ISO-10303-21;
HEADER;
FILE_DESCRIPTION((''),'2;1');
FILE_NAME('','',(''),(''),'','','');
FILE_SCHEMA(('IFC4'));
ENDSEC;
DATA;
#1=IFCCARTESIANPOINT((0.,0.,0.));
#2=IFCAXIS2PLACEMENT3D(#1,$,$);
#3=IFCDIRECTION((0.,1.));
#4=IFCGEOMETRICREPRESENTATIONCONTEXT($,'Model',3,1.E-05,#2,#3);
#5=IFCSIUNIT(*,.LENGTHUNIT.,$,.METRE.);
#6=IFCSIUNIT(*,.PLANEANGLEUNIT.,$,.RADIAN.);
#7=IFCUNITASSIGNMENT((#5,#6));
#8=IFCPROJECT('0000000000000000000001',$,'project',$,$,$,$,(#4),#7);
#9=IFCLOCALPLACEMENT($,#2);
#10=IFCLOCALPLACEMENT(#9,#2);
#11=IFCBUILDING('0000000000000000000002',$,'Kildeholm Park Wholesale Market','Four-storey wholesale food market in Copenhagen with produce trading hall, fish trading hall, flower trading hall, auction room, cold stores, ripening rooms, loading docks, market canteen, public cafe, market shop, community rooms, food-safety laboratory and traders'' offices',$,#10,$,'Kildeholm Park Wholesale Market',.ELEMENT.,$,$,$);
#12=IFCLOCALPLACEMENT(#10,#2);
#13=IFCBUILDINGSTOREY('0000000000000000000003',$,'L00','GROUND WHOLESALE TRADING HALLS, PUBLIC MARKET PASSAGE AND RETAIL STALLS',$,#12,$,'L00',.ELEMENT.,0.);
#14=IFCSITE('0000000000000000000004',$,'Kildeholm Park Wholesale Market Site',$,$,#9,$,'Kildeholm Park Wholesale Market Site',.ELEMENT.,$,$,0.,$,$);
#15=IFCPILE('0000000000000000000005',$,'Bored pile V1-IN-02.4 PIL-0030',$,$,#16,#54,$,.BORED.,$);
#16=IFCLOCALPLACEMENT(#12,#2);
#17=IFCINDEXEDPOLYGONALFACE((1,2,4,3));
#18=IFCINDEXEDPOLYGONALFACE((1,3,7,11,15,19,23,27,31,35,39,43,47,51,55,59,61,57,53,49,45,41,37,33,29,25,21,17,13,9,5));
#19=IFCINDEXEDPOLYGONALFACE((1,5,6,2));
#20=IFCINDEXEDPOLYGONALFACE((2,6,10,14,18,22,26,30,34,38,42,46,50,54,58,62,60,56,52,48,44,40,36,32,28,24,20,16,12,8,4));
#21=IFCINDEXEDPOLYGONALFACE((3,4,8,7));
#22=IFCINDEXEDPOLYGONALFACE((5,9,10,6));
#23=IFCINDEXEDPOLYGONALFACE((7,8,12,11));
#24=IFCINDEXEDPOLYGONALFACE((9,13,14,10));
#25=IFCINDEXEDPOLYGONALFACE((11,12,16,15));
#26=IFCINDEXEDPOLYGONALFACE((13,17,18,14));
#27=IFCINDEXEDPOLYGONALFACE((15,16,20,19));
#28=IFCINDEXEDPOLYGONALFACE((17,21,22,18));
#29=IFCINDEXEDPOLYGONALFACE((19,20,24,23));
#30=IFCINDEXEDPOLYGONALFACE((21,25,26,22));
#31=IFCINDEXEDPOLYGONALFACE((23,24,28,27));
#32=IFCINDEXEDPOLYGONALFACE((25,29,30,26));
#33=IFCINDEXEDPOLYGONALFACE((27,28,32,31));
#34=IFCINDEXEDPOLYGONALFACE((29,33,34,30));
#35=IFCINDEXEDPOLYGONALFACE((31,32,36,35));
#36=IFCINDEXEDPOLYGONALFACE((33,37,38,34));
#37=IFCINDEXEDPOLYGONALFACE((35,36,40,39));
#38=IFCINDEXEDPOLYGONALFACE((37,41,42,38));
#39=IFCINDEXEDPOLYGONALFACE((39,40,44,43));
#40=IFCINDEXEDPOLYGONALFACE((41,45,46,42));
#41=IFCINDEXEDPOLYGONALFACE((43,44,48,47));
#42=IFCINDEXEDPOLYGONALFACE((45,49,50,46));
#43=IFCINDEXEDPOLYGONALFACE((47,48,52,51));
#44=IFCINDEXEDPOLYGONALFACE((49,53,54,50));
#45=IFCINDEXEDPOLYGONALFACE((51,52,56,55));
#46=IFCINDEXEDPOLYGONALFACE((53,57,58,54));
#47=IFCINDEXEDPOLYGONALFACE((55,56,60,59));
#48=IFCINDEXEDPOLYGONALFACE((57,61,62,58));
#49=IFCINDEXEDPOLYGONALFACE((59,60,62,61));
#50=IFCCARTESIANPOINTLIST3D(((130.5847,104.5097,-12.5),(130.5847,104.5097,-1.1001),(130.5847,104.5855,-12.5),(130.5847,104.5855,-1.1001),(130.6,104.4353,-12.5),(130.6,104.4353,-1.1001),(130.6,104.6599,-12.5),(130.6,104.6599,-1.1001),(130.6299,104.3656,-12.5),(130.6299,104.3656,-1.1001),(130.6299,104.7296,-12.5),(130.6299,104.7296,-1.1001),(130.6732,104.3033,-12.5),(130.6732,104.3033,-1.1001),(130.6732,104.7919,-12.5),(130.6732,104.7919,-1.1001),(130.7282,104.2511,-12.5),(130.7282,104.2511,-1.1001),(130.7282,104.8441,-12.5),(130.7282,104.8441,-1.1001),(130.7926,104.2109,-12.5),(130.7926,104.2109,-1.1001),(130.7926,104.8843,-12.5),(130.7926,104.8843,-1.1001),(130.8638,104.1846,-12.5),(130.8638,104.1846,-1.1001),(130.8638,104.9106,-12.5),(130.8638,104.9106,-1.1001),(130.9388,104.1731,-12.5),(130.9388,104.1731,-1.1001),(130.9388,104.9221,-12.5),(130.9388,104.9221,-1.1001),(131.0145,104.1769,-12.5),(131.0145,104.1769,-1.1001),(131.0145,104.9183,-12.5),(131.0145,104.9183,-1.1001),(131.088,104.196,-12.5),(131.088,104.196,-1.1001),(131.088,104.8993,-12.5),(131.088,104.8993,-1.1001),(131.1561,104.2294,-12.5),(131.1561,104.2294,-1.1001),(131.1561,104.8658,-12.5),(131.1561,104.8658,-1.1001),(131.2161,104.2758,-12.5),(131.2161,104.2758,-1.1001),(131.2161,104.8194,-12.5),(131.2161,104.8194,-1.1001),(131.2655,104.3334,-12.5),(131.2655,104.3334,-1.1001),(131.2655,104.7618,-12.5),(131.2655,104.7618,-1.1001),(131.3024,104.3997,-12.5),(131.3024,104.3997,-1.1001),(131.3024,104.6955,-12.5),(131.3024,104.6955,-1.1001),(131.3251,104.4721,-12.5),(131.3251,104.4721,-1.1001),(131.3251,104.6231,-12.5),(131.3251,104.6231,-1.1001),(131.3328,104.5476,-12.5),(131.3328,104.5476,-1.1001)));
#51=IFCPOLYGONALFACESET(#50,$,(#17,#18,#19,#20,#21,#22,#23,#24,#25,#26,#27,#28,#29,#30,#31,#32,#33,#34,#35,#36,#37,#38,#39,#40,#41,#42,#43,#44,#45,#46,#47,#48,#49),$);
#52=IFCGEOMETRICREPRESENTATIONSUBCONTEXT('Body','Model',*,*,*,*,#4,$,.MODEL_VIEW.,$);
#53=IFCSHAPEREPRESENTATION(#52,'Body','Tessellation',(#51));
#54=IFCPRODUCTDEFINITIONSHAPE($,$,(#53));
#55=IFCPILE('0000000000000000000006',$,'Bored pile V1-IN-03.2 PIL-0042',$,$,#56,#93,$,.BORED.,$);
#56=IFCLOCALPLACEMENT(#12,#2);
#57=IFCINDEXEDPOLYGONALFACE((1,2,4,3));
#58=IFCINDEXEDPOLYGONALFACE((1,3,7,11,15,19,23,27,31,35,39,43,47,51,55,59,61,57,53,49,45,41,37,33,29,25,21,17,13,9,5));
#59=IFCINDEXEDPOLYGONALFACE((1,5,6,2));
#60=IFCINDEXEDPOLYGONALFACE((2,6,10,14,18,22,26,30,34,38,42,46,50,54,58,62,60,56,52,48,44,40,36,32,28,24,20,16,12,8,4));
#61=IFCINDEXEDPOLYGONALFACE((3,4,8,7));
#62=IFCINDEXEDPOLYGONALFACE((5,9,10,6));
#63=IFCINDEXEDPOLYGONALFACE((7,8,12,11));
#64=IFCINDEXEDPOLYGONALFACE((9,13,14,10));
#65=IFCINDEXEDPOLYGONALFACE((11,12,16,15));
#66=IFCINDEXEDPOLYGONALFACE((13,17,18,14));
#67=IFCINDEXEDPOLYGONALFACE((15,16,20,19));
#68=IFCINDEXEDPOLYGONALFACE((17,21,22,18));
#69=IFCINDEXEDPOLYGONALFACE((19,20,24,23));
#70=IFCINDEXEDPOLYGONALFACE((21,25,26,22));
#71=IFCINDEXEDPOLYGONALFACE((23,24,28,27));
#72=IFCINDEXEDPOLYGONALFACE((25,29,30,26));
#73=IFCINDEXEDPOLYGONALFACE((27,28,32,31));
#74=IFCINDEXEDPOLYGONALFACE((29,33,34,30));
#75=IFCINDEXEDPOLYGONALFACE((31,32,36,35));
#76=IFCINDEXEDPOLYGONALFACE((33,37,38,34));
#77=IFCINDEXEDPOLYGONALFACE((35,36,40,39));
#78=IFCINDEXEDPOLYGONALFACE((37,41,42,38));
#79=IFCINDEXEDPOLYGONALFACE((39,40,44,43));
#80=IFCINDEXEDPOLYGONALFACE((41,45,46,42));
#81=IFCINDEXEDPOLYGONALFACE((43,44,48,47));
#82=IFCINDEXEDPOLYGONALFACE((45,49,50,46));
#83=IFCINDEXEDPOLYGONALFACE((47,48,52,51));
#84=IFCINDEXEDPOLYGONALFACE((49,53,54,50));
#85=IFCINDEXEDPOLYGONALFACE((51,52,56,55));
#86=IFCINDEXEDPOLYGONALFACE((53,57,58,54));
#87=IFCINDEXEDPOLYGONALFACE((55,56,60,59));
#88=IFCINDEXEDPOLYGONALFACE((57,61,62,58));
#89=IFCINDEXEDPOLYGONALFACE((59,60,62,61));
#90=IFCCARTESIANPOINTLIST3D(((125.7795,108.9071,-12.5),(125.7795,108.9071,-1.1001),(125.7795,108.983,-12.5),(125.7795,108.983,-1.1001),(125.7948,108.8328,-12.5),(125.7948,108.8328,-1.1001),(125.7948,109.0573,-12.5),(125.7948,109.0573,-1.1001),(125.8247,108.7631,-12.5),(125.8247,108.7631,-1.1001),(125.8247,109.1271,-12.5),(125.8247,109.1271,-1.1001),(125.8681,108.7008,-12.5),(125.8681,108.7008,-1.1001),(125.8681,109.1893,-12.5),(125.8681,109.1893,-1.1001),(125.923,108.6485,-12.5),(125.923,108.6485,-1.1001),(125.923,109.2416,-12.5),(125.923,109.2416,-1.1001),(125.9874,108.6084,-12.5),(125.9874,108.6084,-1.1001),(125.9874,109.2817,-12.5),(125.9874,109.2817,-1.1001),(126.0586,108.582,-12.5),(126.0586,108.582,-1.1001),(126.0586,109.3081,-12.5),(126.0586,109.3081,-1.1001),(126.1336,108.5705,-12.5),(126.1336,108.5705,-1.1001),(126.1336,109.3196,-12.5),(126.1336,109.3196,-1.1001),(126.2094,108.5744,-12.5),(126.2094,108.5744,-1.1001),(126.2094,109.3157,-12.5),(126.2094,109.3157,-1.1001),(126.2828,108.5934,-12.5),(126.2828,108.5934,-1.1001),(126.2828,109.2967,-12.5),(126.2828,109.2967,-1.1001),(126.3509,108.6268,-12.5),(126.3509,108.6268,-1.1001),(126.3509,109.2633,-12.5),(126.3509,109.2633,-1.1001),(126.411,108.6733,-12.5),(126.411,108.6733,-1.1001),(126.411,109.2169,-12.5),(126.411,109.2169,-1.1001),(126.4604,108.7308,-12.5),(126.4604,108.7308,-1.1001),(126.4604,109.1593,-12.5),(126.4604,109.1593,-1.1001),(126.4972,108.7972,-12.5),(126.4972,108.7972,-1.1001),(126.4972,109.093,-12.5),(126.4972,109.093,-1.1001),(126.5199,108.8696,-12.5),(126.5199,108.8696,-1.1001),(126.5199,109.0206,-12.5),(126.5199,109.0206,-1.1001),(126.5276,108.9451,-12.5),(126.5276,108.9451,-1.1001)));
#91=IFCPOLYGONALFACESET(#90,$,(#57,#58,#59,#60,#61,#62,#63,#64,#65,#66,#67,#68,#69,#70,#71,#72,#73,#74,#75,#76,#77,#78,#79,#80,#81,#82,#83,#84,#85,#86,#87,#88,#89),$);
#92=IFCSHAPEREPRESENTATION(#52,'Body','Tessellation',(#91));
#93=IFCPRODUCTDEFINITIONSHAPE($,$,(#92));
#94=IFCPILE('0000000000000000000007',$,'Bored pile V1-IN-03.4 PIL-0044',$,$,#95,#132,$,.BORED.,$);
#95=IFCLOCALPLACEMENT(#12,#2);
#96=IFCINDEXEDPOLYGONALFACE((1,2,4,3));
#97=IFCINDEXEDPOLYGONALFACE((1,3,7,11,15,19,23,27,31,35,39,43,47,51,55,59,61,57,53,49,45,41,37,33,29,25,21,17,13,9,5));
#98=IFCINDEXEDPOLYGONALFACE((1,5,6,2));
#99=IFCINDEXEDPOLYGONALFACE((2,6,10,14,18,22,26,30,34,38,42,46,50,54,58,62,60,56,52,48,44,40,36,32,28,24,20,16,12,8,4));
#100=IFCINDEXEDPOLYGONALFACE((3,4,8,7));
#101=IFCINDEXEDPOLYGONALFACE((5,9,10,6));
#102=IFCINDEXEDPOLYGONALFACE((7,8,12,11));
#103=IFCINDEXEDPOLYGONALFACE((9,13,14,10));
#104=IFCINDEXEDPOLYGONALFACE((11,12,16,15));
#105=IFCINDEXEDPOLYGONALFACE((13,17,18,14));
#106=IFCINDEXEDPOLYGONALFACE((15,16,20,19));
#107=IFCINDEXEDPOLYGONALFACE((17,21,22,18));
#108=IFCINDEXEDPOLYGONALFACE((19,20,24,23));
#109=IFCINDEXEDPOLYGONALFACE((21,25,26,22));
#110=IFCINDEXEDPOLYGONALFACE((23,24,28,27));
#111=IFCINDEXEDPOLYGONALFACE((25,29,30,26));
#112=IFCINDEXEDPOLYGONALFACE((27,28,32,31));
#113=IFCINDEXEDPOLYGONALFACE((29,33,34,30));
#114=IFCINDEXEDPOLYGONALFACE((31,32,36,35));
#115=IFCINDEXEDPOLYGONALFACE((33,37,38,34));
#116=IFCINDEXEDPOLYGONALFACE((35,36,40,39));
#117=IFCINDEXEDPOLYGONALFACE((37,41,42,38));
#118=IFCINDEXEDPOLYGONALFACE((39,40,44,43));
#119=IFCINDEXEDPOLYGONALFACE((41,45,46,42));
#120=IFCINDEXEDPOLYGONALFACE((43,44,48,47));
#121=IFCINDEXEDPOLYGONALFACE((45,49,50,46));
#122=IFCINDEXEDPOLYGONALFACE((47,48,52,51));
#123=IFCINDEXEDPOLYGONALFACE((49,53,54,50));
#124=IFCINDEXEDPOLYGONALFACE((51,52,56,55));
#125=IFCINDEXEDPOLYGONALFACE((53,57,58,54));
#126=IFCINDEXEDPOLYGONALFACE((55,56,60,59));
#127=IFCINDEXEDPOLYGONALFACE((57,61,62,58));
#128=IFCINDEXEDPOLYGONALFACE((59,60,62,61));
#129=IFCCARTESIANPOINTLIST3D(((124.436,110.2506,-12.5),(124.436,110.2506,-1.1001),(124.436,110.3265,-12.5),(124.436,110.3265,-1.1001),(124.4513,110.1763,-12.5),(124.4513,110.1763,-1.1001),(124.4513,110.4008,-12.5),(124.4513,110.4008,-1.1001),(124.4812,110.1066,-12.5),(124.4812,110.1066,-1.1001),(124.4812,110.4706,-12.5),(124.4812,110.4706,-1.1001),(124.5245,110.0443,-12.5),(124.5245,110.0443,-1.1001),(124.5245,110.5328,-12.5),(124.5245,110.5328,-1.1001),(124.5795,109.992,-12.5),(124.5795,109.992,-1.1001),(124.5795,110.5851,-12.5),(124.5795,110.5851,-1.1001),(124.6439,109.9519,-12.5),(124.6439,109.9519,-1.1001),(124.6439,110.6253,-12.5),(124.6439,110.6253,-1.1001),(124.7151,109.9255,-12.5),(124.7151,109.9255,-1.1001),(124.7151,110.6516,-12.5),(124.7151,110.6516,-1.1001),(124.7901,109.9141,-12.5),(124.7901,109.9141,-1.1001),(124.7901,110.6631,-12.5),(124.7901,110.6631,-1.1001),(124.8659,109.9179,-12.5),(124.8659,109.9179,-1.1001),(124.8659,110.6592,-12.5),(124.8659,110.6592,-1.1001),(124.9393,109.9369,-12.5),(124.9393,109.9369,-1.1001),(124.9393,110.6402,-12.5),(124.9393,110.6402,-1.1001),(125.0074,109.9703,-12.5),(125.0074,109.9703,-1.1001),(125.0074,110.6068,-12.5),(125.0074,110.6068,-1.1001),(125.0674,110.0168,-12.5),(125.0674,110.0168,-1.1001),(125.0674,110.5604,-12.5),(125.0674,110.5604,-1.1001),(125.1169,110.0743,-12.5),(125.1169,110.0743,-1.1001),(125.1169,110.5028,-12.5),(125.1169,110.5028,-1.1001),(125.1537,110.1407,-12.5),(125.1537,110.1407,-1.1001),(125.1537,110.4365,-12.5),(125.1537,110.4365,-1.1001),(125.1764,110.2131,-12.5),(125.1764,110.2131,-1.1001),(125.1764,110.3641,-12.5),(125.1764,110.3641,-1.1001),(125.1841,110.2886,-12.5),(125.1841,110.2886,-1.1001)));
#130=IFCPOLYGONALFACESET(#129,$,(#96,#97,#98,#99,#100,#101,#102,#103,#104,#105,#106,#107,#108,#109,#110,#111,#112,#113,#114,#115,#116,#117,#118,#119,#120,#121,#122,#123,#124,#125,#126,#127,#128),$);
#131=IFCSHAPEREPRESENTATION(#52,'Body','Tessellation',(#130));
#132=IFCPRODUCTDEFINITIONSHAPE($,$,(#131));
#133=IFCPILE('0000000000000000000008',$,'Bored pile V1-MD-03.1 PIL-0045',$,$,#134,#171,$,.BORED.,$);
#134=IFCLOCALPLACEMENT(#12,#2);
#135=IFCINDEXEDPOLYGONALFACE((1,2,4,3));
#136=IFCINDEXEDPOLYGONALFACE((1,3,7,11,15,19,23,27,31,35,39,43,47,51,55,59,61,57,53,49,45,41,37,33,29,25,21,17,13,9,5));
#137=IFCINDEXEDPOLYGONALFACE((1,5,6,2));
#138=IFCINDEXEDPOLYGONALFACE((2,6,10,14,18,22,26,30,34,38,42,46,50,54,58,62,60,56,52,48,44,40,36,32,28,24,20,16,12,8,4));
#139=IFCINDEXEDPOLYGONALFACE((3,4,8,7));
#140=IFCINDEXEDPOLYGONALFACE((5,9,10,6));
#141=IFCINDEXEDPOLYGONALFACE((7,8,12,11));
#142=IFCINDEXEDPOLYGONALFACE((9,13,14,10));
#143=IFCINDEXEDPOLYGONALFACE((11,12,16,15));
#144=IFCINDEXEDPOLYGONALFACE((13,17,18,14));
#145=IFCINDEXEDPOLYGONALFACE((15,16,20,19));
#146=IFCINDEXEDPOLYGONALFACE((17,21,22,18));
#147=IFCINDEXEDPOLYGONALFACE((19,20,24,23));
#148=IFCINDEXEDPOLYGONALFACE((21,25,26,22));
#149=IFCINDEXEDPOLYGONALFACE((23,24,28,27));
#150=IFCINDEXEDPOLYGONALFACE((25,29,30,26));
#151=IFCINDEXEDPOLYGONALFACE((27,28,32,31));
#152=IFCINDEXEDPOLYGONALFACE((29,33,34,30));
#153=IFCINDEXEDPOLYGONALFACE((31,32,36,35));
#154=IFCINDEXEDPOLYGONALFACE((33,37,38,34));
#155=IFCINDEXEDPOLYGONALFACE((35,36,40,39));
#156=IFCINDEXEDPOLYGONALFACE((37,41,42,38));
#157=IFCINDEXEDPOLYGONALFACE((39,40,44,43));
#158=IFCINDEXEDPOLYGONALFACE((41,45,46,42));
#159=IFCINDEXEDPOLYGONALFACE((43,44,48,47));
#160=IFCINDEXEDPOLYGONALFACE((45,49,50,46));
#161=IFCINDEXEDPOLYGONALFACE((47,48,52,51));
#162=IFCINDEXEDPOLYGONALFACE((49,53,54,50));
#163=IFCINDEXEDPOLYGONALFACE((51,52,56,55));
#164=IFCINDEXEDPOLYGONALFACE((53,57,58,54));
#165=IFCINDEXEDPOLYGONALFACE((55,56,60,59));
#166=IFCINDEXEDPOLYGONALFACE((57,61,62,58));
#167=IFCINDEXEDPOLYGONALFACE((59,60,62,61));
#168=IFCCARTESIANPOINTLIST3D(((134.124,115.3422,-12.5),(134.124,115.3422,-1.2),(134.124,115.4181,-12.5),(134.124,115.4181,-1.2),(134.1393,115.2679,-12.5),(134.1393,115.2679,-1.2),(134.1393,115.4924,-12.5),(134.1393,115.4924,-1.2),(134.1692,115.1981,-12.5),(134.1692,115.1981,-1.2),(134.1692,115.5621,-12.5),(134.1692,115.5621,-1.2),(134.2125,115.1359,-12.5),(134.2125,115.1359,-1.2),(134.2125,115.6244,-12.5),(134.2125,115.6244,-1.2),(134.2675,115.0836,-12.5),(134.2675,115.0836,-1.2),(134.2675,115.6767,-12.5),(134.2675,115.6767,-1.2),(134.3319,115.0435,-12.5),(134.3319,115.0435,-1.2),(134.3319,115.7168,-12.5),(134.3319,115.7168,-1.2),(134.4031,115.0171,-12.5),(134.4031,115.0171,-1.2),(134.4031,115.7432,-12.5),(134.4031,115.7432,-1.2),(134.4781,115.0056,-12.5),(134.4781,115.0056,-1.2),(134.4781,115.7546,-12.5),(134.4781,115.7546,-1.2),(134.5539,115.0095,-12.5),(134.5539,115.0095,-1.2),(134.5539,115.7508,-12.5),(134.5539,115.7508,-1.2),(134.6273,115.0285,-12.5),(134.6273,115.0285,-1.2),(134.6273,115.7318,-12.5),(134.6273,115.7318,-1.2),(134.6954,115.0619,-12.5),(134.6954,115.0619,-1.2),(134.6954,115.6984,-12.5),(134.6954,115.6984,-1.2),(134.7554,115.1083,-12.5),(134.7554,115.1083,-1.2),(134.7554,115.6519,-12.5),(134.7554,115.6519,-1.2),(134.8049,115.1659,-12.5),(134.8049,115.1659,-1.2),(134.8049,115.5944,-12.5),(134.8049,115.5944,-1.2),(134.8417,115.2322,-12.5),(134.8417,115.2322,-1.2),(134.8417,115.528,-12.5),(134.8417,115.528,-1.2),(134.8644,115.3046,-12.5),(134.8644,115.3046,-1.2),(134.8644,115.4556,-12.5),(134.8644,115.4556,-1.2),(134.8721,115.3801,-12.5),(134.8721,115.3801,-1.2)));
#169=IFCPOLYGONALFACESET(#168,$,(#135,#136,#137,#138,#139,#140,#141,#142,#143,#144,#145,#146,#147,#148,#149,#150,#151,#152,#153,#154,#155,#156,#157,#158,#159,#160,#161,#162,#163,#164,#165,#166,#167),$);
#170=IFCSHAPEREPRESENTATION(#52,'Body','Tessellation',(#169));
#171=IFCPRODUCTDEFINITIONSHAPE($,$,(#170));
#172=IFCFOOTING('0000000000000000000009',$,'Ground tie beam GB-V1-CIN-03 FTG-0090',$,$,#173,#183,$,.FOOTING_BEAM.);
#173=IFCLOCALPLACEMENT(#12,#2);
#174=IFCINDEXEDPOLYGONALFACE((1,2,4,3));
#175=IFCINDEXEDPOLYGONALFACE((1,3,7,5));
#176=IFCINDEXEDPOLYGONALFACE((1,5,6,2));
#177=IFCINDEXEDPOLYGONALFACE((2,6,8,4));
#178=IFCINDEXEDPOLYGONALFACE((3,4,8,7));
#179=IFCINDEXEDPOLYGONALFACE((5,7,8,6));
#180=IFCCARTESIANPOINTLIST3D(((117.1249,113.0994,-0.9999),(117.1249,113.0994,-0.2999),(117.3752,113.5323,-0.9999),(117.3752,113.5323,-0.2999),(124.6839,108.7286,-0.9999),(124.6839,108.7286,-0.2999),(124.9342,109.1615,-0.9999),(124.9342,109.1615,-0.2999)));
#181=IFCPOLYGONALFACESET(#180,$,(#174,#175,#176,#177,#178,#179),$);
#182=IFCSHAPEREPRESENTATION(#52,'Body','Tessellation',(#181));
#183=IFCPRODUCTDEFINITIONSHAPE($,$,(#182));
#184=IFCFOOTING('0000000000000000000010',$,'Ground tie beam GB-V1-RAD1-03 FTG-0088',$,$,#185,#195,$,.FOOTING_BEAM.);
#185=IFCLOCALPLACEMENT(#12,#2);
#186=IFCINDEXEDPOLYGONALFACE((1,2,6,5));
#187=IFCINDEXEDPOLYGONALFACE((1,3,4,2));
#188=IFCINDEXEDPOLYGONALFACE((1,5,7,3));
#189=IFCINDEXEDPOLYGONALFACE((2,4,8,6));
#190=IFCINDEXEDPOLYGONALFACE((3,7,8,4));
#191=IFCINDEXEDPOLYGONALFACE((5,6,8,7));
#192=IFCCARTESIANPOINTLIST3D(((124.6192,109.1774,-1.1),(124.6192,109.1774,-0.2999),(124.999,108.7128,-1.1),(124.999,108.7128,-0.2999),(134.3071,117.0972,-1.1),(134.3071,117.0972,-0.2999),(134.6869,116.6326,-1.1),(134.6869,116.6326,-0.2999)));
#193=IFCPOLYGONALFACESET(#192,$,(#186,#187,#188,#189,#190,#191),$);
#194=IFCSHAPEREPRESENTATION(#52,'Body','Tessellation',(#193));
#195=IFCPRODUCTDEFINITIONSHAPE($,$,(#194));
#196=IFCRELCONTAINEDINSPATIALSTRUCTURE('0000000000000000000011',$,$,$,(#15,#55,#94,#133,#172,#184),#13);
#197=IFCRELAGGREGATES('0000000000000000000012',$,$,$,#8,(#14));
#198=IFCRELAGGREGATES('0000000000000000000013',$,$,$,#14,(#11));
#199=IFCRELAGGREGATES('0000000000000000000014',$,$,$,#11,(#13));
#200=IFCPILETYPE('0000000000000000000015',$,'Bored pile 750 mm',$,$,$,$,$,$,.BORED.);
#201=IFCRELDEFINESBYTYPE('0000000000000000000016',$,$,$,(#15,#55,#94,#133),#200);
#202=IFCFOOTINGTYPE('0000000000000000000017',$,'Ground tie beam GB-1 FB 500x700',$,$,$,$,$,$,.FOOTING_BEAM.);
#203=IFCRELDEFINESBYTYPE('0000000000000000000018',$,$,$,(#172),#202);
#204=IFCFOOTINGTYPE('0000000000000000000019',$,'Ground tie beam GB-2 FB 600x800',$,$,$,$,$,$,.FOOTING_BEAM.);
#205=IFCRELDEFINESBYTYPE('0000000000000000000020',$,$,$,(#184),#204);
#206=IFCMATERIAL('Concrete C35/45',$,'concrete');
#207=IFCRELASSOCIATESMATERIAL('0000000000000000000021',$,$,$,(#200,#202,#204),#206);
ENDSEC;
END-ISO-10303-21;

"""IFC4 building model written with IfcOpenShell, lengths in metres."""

from ifc_helpers import new_model, si_unit, direction, frame, origin, origin_2d, place, context, subcontext, project, spatial, rectangle, circle, extrude, material, material_profile, profile_set, type_object, element, save


model = new_model("IFC4")

# Units and contexts
model_context = context("Model", 3, precision=1e-05, world=origin(), true_north=direction((0.0, 1.0)))
body_context = subcontext(model_context, "Body", "Model", "MODEL_VIEW")
ifc_project = project(units=[si_unit("LENGTHUNIT", "METRE"), si_unit("PLANEANGLEUNIT", "RADIAN")], contexts=[model_context])

# Site, building, storey
site_placement = place(None, origin())
site = spatial("IfcSite", under=ifc_project, at=site_placement, Name="Kildeholm Park Wholesale Market Site", LongName="Kildeholm Park Wholesale Market Site", CompositionType="ELEMENT", RefElevation=0.0)
building_placement = place(site_placement, origin())
building = spatial("IfcBuilding", under=site, at=building_placement, Name="Kildeholm Park Wholesale Market", Description="Four-storey wholesale food market in Copenhagen with produce trading hall, fish trading hall, flower trading hall, auction room, cold stores, ripening rooms, loading docks, market canteen, public cafe, market shop, community rooms, food-safety laboratory and traders' offices", LongName="Kildeholm Park Wholesale Market", CompositionType="ELEMENT")
storey_placement = place(building_placement, origin())
storey = spatial("IfcBuildingStorey", under=building, at=storey_placement, Name="L00", Description="GROUND WHOLESALE TRADING HALLS, PUBLIC MARKET PASSAGE AND RETAIL STALLS", LongName="L00", CompositionType="ELEMENT", Elevation=0.0)

# Piles
ifc_material_1 = material(Name="Concrete C35/45", Category="concrete")
ifc_material_profile_1 = material_profile(ifc_material_1, circle(Radius=0.375, at=origin_2d()), Name="PILE D750")
ifc_profile_set_1 = profile_set([ifc_material_profile_1], Name="Concrete C35/45")
pile_type = type_object("IfcPileType", Name="Bored pile 750 mm", PredefinedType="BORED", material=ifc_profile_set_1)
for number, where, z_axis, x_axis, name in (
    (1, (130.9578, 104.5476, -1.1001), (0.0, 0.0, -1.0), (1.0, 0.0, 0.0), "Bored pile V1-IN-02.4 PIL-0030"),
    (2, (126.1526, 108.9451, -1.1001), (0.0, 0.0, -1.0), (1.0, 0.0, 0.0), "Bored pile V1-IN-03.2 PIL-0042"),
    (3, (124.8091, 110.2886, -1.1001), (0.0, 0.0, -1.0), (1.0, 0.0, 0.0), "Bored pile V1-IN-03.4 PIL-0044"),
):
    element("IfcPile", number, at=place(storey_placement, frame(where, z_axis=z_axis, x_axis=x_axis)), inside=storey, type_object=pile_type, Name=name, PredefinedType="BORED", context=body_context, shape_type="SweptSolid", body=[
        extrude(circle(Radius=0.375, at=origin_2d()), origin(), (0.0, 0.0, 1.0), 11.3999),
    ])
pile_placement = place(storey_placement, frame((134.4971, 115.3801, -1.2), z_axis=(0.0, 0.0, -1.0), x_axis=(1.0, 0.0, 0.0)))
element("IfcPile", 4, at=pile_placement, inside=storey, type_object=pile_type, Name="Bored pile V1-MD-03.1 PIL-0045", PredefinedType="BORED", context=body_context, shape_type="SweptSolid", body=[
    extrude(circle(Radius=0.375, at=origin_2d()), origin(), (0.0, 0.0, 1.0), 11.3),
])

# Footings
ifc_material_profile_2 = material_profile(ifc_material_1, rectangle(XDim=0.5, YDim=0.7, at=origin_2d()), Name="FB 500x700")
ifc_profile_set_2 = profile_set([ifc_material_profile_2], Name="Concrete C35/45")
footing_type_1 = type_object("IfcFootingType", Name="Ground tie beam GB-1 FB 500x700", PredefinedType="FOOTING_BEAM", material=ifc_profile_set_2)
footing_1_placement = place(storey_placement, frame((124.8091, 108.9451, -0.6499), z_axis=(-0.865697, 0.500568, 0.0), x_axis=(-0.500568, -0.865697, 0.0)))
element("IfcFooting", 5, at=footing_1_placement, inside=storey, type_object=footing_type_1, Name="Ground tie beam GB-V1-CIN-03 FTG-0090", PredefinedType="FOOTING_BEAM", context=body_context, shape_type="SweptSolid", body=[
    extrude(rectangle(XDim=0.5, YDim=0.7, at=origin_2d()), origin(), (0.0, 0.0, 1.0), 8.7317),
])
ifc_material_profile_3 = material_profile(ifc_material_1, rectangle(XDim=0.6001, YDim=0.8, at=origin_2d()), Name="FB 600x800")
ifc_profile_set_3 = profile_set([ifc_material_profile_3], Name="Concrete C35/45")
footing_type_2 = type_object("IfcFootingType", Name="Ground tie beam GB-2 FB 600x800", PredefinedType="FOOTING_BEAM", material=ifc_profile_set_3)
footing_2_placement = place(storey_placement, frame((124.8091, 108.9451, -0.7), z_axis=(0.774216, 0.632921, 0.0), x_axis=(-0.632921, 0.774216, 0.0)))
element("IfcFooting", 6, at=footing_2_placement, inside=storey, type_object=footing_type_2, Name="Ground tie beam GB-V1-RAD1-03 FTG-0088", PredefinedType="FOOTING_BEAM", context=body_context, shape_type="SweptSolid", body=[
    extrude(rectangle(XDim=0.6001, YDim=0.8, at=origin_2d()), origin(), (0.0, 0.0, 1.0), 12.5132),
])

save(model, "model.ifc")
